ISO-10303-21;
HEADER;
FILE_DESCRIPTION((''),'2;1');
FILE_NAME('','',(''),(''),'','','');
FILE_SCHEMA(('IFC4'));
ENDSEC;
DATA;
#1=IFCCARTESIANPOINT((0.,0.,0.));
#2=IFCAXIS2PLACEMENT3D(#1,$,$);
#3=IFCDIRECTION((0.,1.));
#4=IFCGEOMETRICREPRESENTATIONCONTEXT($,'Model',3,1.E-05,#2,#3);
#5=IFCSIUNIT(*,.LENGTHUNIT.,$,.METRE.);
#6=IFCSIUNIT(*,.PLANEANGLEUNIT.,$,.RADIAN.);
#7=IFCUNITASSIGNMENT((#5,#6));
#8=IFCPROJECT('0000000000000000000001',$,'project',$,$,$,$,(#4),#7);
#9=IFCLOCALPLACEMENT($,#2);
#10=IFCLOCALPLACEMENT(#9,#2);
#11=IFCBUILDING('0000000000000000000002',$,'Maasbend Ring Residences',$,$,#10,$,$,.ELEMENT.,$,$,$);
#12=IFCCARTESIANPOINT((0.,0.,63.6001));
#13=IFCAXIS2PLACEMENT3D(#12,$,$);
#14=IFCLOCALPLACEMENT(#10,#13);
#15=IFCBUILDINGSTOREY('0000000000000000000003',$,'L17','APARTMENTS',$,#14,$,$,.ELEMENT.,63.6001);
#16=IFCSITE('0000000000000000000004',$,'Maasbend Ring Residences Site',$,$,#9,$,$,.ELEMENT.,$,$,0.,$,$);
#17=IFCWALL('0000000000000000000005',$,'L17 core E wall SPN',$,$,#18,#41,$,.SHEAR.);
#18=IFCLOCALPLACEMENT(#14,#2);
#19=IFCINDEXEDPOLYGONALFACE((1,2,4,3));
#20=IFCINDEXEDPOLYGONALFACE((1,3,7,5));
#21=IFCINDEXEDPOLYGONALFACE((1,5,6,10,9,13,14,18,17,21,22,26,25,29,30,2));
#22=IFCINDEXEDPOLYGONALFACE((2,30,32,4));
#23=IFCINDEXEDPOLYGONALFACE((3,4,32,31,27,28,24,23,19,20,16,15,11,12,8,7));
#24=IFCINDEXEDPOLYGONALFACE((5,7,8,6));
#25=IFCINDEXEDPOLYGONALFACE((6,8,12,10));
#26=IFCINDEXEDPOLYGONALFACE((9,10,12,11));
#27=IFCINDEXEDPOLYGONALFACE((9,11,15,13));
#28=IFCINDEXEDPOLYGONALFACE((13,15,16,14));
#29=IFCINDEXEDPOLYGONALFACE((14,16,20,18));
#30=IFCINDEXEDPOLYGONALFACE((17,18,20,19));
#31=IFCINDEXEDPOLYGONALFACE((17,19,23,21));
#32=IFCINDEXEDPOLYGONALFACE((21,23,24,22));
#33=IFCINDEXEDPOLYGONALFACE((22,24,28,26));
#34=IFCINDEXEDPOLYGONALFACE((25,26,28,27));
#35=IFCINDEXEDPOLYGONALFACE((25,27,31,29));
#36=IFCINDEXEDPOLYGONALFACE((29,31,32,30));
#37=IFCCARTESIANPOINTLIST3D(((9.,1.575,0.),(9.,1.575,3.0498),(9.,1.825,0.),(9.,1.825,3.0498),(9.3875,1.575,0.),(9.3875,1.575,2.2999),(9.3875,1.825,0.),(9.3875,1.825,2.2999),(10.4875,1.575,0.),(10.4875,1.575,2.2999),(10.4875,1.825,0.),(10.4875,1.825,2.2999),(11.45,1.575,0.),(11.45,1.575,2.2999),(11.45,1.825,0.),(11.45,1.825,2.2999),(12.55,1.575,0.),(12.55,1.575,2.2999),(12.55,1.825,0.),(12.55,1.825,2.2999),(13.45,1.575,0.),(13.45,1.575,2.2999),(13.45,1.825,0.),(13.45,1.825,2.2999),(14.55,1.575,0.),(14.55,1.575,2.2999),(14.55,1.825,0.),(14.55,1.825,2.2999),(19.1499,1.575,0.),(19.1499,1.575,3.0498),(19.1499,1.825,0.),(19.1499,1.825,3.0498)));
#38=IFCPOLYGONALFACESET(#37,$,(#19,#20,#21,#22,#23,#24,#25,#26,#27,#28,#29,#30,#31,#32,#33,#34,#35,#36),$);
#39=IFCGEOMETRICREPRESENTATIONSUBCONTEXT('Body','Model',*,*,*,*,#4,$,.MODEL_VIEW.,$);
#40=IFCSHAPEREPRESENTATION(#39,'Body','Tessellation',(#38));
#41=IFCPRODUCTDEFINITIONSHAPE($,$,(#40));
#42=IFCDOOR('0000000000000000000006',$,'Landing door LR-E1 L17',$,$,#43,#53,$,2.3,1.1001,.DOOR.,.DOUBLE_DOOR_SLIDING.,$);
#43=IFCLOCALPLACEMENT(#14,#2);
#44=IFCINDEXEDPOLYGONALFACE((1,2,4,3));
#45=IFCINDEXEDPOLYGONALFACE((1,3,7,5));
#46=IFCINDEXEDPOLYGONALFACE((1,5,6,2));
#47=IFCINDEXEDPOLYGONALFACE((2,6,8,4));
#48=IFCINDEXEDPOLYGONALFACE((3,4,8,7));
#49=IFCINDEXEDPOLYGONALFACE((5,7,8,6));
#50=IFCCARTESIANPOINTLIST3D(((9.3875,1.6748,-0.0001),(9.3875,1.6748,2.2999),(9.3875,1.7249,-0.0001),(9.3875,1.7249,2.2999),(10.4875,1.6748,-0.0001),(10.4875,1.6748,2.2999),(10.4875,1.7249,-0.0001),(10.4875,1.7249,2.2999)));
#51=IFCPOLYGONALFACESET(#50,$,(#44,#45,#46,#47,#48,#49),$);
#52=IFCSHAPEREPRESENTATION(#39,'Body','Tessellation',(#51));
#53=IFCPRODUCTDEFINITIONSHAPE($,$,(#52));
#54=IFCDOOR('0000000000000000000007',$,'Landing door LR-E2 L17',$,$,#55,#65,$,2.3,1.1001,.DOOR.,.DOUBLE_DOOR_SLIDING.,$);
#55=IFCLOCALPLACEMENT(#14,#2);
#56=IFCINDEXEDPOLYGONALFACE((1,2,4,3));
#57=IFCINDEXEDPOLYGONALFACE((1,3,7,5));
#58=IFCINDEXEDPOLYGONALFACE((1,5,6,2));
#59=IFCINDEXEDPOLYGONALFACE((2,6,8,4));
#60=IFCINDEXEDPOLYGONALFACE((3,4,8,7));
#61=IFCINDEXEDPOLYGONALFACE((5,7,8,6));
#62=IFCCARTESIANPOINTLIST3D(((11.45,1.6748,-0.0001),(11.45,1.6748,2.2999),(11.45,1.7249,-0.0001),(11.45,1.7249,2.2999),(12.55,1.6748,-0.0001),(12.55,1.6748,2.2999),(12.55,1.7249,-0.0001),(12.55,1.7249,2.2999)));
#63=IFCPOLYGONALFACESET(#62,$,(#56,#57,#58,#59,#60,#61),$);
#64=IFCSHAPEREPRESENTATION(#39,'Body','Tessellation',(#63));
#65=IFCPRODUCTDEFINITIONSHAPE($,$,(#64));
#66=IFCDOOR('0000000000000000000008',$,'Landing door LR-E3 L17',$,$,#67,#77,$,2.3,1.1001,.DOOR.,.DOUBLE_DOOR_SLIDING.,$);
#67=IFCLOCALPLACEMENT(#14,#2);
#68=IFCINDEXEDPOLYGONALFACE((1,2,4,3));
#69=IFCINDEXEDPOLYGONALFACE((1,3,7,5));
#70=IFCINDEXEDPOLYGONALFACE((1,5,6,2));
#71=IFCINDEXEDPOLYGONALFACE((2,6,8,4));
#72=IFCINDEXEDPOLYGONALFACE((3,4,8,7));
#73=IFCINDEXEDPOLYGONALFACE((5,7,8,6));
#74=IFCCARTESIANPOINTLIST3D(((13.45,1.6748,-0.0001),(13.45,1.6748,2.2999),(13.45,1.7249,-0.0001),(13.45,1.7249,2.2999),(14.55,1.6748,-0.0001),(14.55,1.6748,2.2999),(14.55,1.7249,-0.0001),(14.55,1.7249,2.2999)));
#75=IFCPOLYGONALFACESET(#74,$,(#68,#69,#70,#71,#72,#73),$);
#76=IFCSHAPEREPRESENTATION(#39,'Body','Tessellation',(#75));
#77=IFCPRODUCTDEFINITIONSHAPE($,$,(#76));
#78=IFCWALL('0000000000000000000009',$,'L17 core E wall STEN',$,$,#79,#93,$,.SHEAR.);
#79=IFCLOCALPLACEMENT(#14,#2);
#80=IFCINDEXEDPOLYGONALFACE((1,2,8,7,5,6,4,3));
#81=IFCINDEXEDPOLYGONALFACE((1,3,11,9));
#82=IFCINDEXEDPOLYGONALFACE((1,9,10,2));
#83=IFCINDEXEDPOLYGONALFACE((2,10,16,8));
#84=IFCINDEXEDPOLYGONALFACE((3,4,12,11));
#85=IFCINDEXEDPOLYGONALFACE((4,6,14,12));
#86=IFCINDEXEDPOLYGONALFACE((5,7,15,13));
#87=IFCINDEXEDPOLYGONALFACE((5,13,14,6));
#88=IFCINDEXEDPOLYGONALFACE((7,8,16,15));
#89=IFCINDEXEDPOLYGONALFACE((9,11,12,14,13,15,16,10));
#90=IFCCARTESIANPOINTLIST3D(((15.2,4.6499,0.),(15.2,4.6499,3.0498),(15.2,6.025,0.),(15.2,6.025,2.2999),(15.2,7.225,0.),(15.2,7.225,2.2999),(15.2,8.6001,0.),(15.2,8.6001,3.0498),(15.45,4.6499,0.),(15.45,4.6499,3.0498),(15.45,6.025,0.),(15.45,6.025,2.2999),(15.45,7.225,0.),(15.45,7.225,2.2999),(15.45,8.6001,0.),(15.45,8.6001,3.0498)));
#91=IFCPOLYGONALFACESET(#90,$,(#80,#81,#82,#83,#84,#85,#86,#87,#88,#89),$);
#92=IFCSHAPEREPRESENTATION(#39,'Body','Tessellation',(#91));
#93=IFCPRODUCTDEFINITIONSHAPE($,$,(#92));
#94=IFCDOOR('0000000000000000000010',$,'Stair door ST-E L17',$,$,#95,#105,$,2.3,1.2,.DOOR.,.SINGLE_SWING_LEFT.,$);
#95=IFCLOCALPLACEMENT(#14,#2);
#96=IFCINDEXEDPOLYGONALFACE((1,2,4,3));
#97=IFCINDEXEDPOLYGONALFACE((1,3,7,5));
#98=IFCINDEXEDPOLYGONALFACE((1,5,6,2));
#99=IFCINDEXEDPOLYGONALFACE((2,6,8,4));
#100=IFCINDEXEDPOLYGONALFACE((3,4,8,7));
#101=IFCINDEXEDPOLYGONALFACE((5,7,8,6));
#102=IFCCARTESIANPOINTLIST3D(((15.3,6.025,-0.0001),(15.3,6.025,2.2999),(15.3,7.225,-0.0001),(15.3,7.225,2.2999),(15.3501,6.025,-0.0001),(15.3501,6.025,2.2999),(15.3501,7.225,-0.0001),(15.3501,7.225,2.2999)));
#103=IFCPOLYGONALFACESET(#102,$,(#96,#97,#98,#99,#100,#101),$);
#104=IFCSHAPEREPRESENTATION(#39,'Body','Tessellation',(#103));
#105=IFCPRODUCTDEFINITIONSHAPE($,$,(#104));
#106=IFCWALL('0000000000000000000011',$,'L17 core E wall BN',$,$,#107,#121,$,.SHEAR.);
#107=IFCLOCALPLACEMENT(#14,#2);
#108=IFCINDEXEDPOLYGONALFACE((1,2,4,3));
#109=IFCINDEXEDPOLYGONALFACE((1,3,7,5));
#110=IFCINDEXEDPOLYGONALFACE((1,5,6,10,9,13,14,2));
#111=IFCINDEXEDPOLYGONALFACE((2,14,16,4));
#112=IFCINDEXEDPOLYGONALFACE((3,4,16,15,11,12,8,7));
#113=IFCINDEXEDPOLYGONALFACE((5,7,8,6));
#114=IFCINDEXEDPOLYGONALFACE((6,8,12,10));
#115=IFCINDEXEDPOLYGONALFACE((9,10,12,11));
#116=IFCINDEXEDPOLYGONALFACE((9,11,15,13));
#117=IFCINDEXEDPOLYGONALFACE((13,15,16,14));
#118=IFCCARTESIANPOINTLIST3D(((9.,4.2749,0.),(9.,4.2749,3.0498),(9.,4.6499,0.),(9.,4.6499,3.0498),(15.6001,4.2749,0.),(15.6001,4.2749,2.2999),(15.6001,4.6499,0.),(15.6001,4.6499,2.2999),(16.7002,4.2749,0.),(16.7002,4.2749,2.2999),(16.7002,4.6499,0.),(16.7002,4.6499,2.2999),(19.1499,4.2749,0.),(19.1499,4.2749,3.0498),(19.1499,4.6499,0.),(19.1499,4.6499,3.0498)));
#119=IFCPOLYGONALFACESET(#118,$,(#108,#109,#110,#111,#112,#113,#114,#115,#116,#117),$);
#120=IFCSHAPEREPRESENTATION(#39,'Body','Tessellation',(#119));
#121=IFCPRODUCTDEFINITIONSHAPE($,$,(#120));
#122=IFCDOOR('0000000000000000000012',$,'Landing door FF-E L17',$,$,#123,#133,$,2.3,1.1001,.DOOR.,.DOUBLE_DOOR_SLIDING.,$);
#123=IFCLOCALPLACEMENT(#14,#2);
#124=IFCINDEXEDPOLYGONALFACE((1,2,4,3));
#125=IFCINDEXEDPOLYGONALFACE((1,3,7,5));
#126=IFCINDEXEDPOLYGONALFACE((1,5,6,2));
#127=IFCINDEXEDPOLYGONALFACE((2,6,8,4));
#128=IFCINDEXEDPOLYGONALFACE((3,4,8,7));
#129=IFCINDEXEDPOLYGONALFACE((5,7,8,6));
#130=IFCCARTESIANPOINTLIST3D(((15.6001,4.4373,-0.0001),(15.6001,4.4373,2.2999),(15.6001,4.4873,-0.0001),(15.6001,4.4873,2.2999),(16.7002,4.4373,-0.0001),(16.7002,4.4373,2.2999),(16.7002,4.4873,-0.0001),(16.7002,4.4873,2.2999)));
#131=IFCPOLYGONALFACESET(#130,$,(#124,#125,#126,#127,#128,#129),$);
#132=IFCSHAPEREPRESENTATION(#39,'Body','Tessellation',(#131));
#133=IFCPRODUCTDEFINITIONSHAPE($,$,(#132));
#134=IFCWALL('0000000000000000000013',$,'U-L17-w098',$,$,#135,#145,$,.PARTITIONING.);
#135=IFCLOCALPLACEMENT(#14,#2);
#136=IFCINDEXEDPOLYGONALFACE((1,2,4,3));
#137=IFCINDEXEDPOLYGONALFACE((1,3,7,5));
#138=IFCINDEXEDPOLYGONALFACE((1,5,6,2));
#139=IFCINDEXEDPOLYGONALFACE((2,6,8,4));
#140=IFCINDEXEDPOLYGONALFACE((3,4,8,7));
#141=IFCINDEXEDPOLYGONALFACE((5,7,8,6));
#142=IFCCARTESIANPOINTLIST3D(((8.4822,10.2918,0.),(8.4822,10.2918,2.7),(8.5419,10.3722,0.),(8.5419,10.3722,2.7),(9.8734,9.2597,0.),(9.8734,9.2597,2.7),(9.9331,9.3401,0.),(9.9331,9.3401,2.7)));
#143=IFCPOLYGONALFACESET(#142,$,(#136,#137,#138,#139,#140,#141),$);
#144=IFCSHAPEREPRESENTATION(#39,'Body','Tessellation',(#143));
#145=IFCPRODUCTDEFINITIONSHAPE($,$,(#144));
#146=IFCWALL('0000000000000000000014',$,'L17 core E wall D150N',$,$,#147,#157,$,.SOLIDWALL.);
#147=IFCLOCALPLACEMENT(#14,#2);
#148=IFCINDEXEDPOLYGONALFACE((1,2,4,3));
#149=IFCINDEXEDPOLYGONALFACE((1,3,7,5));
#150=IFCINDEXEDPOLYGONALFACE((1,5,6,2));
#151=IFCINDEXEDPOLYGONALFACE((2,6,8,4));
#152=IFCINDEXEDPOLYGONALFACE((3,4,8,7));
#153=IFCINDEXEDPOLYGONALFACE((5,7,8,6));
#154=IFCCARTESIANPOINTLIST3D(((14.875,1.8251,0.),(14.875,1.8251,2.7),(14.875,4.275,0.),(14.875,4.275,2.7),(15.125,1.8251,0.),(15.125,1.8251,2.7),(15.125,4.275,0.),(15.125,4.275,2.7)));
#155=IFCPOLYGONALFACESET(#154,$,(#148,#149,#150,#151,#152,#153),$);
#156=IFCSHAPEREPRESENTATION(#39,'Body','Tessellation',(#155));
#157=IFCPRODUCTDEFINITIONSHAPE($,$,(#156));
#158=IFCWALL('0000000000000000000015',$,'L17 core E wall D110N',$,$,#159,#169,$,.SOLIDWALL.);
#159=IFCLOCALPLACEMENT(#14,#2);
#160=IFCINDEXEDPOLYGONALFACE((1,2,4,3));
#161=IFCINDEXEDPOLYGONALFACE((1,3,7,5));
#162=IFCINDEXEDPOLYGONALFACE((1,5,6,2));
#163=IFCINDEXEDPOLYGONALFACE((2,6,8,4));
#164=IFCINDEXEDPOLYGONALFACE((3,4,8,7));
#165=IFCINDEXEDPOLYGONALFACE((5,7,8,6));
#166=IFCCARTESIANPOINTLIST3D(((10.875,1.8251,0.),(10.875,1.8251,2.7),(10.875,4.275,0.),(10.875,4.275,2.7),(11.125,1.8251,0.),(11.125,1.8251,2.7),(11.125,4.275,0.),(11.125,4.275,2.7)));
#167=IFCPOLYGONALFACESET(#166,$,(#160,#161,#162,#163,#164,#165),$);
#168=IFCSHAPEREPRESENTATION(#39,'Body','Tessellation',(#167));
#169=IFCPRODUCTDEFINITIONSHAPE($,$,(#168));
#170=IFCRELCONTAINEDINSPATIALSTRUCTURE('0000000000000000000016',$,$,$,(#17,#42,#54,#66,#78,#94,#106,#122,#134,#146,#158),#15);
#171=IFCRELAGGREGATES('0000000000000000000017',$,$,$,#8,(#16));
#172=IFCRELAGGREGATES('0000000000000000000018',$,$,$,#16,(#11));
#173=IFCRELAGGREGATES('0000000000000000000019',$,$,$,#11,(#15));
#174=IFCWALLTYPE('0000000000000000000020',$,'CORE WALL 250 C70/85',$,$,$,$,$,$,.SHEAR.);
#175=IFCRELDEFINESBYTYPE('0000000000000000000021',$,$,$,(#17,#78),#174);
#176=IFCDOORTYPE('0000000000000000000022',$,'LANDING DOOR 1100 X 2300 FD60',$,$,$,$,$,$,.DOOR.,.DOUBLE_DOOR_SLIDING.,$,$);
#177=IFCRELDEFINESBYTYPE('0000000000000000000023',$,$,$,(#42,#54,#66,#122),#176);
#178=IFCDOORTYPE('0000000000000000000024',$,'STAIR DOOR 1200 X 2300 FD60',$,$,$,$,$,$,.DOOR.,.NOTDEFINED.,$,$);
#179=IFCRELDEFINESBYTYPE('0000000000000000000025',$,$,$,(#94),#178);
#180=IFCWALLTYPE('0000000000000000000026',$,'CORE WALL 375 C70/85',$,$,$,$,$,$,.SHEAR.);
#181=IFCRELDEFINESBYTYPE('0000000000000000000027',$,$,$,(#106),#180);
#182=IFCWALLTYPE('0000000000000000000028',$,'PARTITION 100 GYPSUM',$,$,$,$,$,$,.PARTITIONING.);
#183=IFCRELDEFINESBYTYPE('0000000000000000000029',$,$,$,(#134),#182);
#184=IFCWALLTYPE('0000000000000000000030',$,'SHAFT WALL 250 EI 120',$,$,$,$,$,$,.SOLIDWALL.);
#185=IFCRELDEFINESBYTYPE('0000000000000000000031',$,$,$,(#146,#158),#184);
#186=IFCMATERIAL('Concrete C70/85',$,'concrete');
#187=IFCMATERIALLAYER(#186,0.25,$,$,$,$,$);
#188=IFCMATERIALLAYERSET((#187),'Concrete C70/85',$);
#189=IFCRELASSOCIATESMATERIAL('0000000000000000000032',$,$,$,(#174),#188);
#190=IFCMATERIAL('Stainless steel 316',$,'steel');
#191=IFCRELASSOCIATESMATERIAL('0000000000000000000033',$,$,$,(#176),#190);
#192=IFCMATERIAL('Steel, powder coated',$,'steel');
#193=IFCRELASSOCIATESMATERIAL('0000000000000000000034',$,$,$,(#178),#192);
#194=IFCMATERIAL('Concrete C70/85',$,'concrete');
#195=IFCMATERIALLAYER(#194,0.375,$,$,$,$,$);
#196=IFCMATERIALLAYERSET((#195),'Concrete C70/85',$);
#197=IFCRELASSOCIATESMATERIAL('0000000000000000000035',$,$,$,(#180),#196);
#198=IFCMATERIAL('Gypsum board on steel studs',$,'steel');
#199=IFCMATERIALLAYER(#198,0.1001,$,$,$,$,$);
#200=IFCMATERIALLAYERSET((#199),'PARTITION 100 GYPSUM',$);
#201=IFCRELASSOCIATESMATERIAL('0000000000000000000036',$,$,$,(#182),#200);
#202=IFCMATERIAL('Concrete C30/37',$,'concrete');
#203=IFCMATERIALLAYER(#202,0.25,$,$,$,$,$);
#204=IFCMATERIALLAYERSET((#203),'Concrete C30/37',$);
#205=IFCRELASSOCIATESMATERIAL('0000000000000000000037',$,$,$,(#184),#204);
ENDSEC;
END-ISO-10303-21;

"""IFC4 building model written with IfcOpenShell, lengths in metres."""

from ifc_helpers import new_model, si_unit, direction, frame, frame_2d, origin, place, context, subcontext, project, spatial, rectangle, extrude, material, layer, layer_set, type_object, element, fill, save


model = new_model("IFC4")

# Units and contexts
model_context = context("Model", 3, precision=1e-05, world=origin(), true_north=direction((0.0, 1.0)))
body_context = subcontext(model_context, "Body", "Model", "MODEL_VIEW")
ifc_project = project(units=[si_unit("LENGTHUNIT", "METRE"), si_unit("PLANEANGLEUNIT", "RADIAN")], contexts=[model_context])

# Site, building, storey
site_placement = place(None, origin())
site = spatial("IfcSite", under=ifc_project, at=site_placement, Name="Maasbend Ring Residences Site", CompositionType="ELEMENT", RefElevation=0.0)
building_placement = place(site_placement, origin())
building = spatial("IfcBuilding", under=site, at=building_placement, Name="Maasbend Ring Residences", CompositionType="ELEMENT")
storey_placement = place(building_placement, frame((0.0, 0.0, 63.6001)))
storey = spatial("IfcBuildingStorey", under=building, at=storey_placement, Name="L17", Description="APARTMENTS", CompositionType="ELEMENT", Elevation=63.6001)

# Wall, openings, doors
ifc_material_1 = material(Name="Concrete C70/85", Category="concrete")
ifc_layer_1 = layer(ifc_material_1, 0.25)
ifc_layer_set_1 = layer_set([ifc_layer_1], Name="Concrete C70/85")
wall_type_1 = type_object("IfcWallType", Name="CORE WALL 250 C70/85", PredefinedType="SHEAR", material=ifc_layer_set_1)
wall_1_placement = place(storey_placement, frame((9.0, 1.7, 0.0), z_axis=(0.0, 0.0, 1.0), x_axis=(1.0, 0.0, 0.0)))
wall_1 = element("IfcWall", 1, at=wall_1_placement, inside=storey, type_object=wall_type_1, Name="L17 core E wall SPN", PredefinedType="SHEAR", context=body_context, shape_type="SweptSolid", body=[
    extrude(rectangle(XDim=10.1499, YDim=0.25, at=frame_2d((5.075, 0.0))), origin(), (0.0, 0.0, 1.0), 3.0498),
])
opening_1_placement = place(wall_1_placement, frame((0.3875, 0.0, 0.0)))
opening_1 = element("IfcOpeningElement", 2, at=opening_1_placement, cuts=wall_1, PredefinedType="OPENING", context=body_context, shape_type="SweptSolid", body=[
    extrude(rectangle(XDim=1.1001, YDim=2.3, at=frame_2d((0.55, 1.1499))), frame((0.0, 0.135, 0.0), z_axis=(0.0, -1.0, 0.0), x_axis=(1.0, 0.0, 0.0)), (0.0, 0.0, 1.0), 0.27),
])
opening_2_placement = place(wall_1_placement, frame((2.45, 0.0, 0.0)))
opening_2 = element("IfcOpeningElement", 3, at=opening_2_placement, cuts=wall_1, PredefinedType="OPENING", context=body_context, shape_type="SweptSolid", body=[
    extrude(rectangle(XDim=1.1001, YDim=2.3, at=frame_2d((0.55, 1.1499))), frame((0.0, 0.135, 0.0), z_axis=(0.0, -1.0, 0.0), x_axis=(1.0, 0.0, 0.0)), (0.0, 0.0, 1.0), 0.27),
])
opening_3_placement = place(wall_1_placement, frame((4.45, 0.0, 0.0)))
opening_3 = element("IfcOpeningElement", 4, at=opening_3_placement, cuts=wall_1, PredefinedType="OPENING", context=body_context, shape_type="SweptSolid", body=[
    extrude(rectangle(XDim=1.1001, YDim=2.3, at=frame_2d((0.55, 1.1499))), frame((0.0, 0.135, 0.0), z_axis=(0.0, -1.0, 0.0), x_axis=(1.0, 0.0, 0.0)), (0.0, 0.0, 1.0), 0.27),
])
ifc_material_2 = material(Name="Stainless steel 316", Category="steel")
door_type_1 = type_object("IfcDoorType", Name="LANDING DOOR 1100 X 2300 FD60", OperationType="DOUBLE_DOOR_SLIDING", PredefinedType="DOOR", material=ifc_material_2)
door_1_placement = place(opening_1_placement, origin())
door_1 = element("IfcDoor", 5, at=door_1_placement, inside=storey, type_object=door_type_1, Name="Landing door LR-E1 L17", OperationType="DOUBLE_DOOR_SLIDING", OverallHeight=2.3, OverallWidth=1.1001, PredefinedType="DOOR", context=body_context, shape_type="SweptSolid", body=[
    extrude(rectangle(XDim=1.1001, YDim=2.3, at=frame_2d((0.55, 1.1499))), frame((0.0, 0.0249, 0.0), z_axis=(0.0, -1.0, 0.0), x_axis=(1.0, 0.0, 0.0)), (0.0, 0.0, 1.0), 0.05),
])
fill(opening_1, door_1)
door_2_placement = place(opening_2_placement, origin())
door_2 = element("IfcDoor", 6, at=door_2_placement, inside=storey, type_object=door_type_1, Name="Landing door LR-E2 L17", OperationType="DOUBLE_DOOR_SLIDING", OverallHeight=2.3, OverallWidth=1.1001, PredefinedType="DOOR", context=body_context, shape_type="SweptSolid", body=[
    extrude(rectangle(XDim=1.1001, YDim=2.3, at=frame_2d((0.55, 1.1499))), frame((0.0, 0.0249, 0.0), z_axis=(0.0, -1.0, 0.0), x_axis=(1.0, 0.0, 0.0)), (0.0, 0.0, 1.0), 0.05),
])
fill(opening_2, door_2)
door_3_placement = place(opening_3_placement, origin())
door_3 = element("IfcDoor", 7, at=door_3_placement, inside=storey, type_object=door_type_1, Name="Landing door LR-E3 L17", OperationType="DOUBLE_DOOR_SLIDING", OverallHeight=2.3, OverallWidth=1.1001, PredefinedType="DOOR", context=body_context, shape_type="SweptSolid", body=[
    extrude(rectangle(XDim=1.1001, YDim=2.3, at=frame_2d((0.55, 1.1499))), frame((0.0, 0.0249, 0.0), z_axis=(0.0, -1.0, 0.0), x_axis=(1.0, 0.0, 0.0)), (0.0, 0.0, 1.0), 0.05),
])
fill(opening_3, door_3)

# Walls, openings, doors
wall_2_placement = place(storey_placement, frame((15.325, 4.6499, 0.0), z_axis=(0.0, 0.0, 1.0), x_axis=(0.0, 1.0, 0.0)))
wall_2 = element("IfcWall", 8, at=wall_2_placement, inside=storey, type_object=wall_type_1, Name="L17 core E wall STEN", PredefinedType="SHEAR", context=body_context, shape_type="SweptSolid", body=[
    extrude(rectangle(XDim=3.9502, YDim=0.25, at=frame_2d((1.9751, 0.0))), origin(), (0.0, 0.0, 1.0), 3.0498),
])
opening_4_placement = place(wall_2_placement, frame((1.375, 0.0, 0.0)))
opening_4 = element("IfcOpeningElement", 9, at=opening_4_placement, cuts=wall_2, PredefinedType="OPENING", context=body_context, shape_type="SweptSolid", body=[
    extrude(rectangle(XDim=1.2, YDim=2.3, at=frame_2d((0.6001, 1.1499))), frame((0.0, 0.135, 0.0), z_axis=(0.0, -1.0, 0.0), x_axis=(1.0, 0.0, 0.0)), (0.0, 0.0, 1.0), 0.27),
])
ifc_material_3 = material(Name="Steel, powder coated", Category="steel")
door_type_2 = type_object("IfcDoorType", Name="STAIR DOOR 1200 X 2300 FD60", OperationType="NOTDEFINED", PredefinedType="DOOR", material=ifc_material_3)
door_4_placement = place(opening_4_placement, origin())
door_4 = element("IfcDoor", 10, at=door_4_placement, inside=storey, type_object=door_type_2, Name="Stair door ST-E L17", OperationType="SINGLE_SWING_LEFT", OverallHeight=2.3, OverallWidth=1.2, PredefinedType="DOOR", context=body_context, shape_type="SweptSolid", body=[
    extrude(rectangle(XDim=1.2, YDim=2.3, at=frame_2d((0.6001, 1.1499))), frame((0.0, 0.0249, 0.0), z_axis=(0.0, -1.0, 0.0), x_axis=(1.0, 0.0, 0.0)), (0.0, 0.0, 1.0), 0.05),
])
fill(opening_4, door_4)
ifc_material_4 = material(Name="Concrete C70/85", Category="concrete")
ifc_layer_2 = layer(ifc_material_4, 0.375)
ifc_layer_set_2 = layer_set([ifc_layer_2], Name="Concrete C70/85")
wall_type_2 = type_object("IfcWallType", Name="CORE WALL 375 C70/85", PredefinedType="SHEAR", material=ifc_layer_set_2)
wall_3_placement = place(storey_placement, frame((9.0, 4.4624, 0.0), z_axis=(0.0, 0.0, 1.0), x_axis=(1.0, 0.0, 0.0)))
wall_3 = element("IfcWall", 11, at=wall_3_placement, inside=storey, type_object=wall_type_2, Name="L17 core E wall BN", PredefinedType="SHEAR", context=body_context, shape_type="SweptSolid", body=[
    extrude(rectangle(XDim=10.1499, YDim=0.375, at=frame_2d((5.075, 0.0))), origin(), (0.0, 0.0, 1.0), 3.0498),
])
opening_5_placement = place(wall_3_placement, frame((6.6001, 0.0, 0.0)))
opening_5 = element("IfcOpeningElement", 12, at=opening_5_placement, cuts=wall_3, PredefinedType="OPENING", context=body_context, shape_type="SweptSolid", body=[
    extrude(rectangle(XDim=1.1001, YDim=2.3, at=frame_2d((0.55, 1.1499))), frame((0.0, 0.1975, 0.0), z_axis=(0.0, -1.0, 0.0), x_axis=(1.0, 0.0, 0.0)), (0.0, 0.0, 1.0), 0.395),
])
door_5_placement = place(opening_5_placement, origin())
door_5 = element("IfcDoor", 13, at=door_5_placement, inside=storey, type_object=door_type_1, Name="Landing door FF-E L17", OperationType="DOUBLE_DOOR_SLIDING", OverallHeight=2.3, OverallWidth=1.1001, PredefinedType="DOOR", context=body_context, shape_type="SweptSolid", body=[
    extrude(rectangle(XDim=1.1001, YDim=2.3, at=frame_2d((0.55, 1.1499))), frame((0.0, 0.0249, 0.0), z_axis=(0.0, -1.0, 0.0), x_axis=(1.0, 0.0, 0.0)), (0.0, 0.0, 1.0), 0.05),
])
fill(opening_5, door_5)

# Walls
ifc_material_5 = material(Name="Gypsum board on steel studs", Category="steel")
ifc_layer_3 = layer(ifc_material_5, 0.1001)
ifc_layer_set_3 = layer_set([ifc_layer_3], Name="PARTITION 100 GYPSUM")
wall_type_3 = type_object("IfcWallType", Name="PARTITION 100 GYPSUM", PredefinedType="PARTITIONING", material=ifc_layer_set_3)
wall_4_placement = place(storey_placement, frame((8.512, 10.332, 0.0), z_axis=(0.0, 0.0, 1.0), x_axis=(0.803135, -0.595797, 0.0)))
element("IfcWall", 14, at=wall_4_placement, inside=storey, type_object=wall_type_3, Name="U-L17-w098", PredefinedType="PARTITIONING", context=body_context, shape_type="SweptSolid", body=[
    extrude(rectangle(XDim=1.7322, YDim=0.1001, at=frame_2d((0.8662, 0.0))), origin(), (0.0, 0.0, 1.0), 2.7),
])
ifc_material_6 = material(Name="Concrete C30/37", Category="concrete")
ifc_layer_4 = layer(ifc_material_6, 0.25)
ifc_layer_set_4 = layer_set([ifc_layer_4], Name="Concrete C30/37")
wall_type_4 = type_object("IfcWallType", Name="SHAFT WALL 250 EI 120", PredefinedType="SOLIDWALL", material=ifc_layer_set_4)
for number, where, z_axis, x_axis, name in (
    (15, (15.0, 1.825, 0.0), (0.0, 0.0, 1.0), (0.0, 1.0, 0.0), "L17 core E wall D150N"),
    (16, (11.0, 1.825, 0.0), (0.0, 0.0, 1.0), (0.0, 1.0, 0.0), "L17 core E wall D110N"),
):
    element("IfcWall", number, at=place(storey_placement, frame(where, z_axis=z_axis, x_axis=x_axis)), inside=storey, type_object=wall_type_4, Name=name, PredefinedType="SOLIDWALL", context=body_context, shape_type="SweptSolid", body=[
        extrude(rectangle(XDim=2.45, YDim=0.25, at=frame_2d((1.2251, 0.0))), origin(), (0.0, 0.0, 1.0), 2.7),
    ])

save(model, "model.ifc")
